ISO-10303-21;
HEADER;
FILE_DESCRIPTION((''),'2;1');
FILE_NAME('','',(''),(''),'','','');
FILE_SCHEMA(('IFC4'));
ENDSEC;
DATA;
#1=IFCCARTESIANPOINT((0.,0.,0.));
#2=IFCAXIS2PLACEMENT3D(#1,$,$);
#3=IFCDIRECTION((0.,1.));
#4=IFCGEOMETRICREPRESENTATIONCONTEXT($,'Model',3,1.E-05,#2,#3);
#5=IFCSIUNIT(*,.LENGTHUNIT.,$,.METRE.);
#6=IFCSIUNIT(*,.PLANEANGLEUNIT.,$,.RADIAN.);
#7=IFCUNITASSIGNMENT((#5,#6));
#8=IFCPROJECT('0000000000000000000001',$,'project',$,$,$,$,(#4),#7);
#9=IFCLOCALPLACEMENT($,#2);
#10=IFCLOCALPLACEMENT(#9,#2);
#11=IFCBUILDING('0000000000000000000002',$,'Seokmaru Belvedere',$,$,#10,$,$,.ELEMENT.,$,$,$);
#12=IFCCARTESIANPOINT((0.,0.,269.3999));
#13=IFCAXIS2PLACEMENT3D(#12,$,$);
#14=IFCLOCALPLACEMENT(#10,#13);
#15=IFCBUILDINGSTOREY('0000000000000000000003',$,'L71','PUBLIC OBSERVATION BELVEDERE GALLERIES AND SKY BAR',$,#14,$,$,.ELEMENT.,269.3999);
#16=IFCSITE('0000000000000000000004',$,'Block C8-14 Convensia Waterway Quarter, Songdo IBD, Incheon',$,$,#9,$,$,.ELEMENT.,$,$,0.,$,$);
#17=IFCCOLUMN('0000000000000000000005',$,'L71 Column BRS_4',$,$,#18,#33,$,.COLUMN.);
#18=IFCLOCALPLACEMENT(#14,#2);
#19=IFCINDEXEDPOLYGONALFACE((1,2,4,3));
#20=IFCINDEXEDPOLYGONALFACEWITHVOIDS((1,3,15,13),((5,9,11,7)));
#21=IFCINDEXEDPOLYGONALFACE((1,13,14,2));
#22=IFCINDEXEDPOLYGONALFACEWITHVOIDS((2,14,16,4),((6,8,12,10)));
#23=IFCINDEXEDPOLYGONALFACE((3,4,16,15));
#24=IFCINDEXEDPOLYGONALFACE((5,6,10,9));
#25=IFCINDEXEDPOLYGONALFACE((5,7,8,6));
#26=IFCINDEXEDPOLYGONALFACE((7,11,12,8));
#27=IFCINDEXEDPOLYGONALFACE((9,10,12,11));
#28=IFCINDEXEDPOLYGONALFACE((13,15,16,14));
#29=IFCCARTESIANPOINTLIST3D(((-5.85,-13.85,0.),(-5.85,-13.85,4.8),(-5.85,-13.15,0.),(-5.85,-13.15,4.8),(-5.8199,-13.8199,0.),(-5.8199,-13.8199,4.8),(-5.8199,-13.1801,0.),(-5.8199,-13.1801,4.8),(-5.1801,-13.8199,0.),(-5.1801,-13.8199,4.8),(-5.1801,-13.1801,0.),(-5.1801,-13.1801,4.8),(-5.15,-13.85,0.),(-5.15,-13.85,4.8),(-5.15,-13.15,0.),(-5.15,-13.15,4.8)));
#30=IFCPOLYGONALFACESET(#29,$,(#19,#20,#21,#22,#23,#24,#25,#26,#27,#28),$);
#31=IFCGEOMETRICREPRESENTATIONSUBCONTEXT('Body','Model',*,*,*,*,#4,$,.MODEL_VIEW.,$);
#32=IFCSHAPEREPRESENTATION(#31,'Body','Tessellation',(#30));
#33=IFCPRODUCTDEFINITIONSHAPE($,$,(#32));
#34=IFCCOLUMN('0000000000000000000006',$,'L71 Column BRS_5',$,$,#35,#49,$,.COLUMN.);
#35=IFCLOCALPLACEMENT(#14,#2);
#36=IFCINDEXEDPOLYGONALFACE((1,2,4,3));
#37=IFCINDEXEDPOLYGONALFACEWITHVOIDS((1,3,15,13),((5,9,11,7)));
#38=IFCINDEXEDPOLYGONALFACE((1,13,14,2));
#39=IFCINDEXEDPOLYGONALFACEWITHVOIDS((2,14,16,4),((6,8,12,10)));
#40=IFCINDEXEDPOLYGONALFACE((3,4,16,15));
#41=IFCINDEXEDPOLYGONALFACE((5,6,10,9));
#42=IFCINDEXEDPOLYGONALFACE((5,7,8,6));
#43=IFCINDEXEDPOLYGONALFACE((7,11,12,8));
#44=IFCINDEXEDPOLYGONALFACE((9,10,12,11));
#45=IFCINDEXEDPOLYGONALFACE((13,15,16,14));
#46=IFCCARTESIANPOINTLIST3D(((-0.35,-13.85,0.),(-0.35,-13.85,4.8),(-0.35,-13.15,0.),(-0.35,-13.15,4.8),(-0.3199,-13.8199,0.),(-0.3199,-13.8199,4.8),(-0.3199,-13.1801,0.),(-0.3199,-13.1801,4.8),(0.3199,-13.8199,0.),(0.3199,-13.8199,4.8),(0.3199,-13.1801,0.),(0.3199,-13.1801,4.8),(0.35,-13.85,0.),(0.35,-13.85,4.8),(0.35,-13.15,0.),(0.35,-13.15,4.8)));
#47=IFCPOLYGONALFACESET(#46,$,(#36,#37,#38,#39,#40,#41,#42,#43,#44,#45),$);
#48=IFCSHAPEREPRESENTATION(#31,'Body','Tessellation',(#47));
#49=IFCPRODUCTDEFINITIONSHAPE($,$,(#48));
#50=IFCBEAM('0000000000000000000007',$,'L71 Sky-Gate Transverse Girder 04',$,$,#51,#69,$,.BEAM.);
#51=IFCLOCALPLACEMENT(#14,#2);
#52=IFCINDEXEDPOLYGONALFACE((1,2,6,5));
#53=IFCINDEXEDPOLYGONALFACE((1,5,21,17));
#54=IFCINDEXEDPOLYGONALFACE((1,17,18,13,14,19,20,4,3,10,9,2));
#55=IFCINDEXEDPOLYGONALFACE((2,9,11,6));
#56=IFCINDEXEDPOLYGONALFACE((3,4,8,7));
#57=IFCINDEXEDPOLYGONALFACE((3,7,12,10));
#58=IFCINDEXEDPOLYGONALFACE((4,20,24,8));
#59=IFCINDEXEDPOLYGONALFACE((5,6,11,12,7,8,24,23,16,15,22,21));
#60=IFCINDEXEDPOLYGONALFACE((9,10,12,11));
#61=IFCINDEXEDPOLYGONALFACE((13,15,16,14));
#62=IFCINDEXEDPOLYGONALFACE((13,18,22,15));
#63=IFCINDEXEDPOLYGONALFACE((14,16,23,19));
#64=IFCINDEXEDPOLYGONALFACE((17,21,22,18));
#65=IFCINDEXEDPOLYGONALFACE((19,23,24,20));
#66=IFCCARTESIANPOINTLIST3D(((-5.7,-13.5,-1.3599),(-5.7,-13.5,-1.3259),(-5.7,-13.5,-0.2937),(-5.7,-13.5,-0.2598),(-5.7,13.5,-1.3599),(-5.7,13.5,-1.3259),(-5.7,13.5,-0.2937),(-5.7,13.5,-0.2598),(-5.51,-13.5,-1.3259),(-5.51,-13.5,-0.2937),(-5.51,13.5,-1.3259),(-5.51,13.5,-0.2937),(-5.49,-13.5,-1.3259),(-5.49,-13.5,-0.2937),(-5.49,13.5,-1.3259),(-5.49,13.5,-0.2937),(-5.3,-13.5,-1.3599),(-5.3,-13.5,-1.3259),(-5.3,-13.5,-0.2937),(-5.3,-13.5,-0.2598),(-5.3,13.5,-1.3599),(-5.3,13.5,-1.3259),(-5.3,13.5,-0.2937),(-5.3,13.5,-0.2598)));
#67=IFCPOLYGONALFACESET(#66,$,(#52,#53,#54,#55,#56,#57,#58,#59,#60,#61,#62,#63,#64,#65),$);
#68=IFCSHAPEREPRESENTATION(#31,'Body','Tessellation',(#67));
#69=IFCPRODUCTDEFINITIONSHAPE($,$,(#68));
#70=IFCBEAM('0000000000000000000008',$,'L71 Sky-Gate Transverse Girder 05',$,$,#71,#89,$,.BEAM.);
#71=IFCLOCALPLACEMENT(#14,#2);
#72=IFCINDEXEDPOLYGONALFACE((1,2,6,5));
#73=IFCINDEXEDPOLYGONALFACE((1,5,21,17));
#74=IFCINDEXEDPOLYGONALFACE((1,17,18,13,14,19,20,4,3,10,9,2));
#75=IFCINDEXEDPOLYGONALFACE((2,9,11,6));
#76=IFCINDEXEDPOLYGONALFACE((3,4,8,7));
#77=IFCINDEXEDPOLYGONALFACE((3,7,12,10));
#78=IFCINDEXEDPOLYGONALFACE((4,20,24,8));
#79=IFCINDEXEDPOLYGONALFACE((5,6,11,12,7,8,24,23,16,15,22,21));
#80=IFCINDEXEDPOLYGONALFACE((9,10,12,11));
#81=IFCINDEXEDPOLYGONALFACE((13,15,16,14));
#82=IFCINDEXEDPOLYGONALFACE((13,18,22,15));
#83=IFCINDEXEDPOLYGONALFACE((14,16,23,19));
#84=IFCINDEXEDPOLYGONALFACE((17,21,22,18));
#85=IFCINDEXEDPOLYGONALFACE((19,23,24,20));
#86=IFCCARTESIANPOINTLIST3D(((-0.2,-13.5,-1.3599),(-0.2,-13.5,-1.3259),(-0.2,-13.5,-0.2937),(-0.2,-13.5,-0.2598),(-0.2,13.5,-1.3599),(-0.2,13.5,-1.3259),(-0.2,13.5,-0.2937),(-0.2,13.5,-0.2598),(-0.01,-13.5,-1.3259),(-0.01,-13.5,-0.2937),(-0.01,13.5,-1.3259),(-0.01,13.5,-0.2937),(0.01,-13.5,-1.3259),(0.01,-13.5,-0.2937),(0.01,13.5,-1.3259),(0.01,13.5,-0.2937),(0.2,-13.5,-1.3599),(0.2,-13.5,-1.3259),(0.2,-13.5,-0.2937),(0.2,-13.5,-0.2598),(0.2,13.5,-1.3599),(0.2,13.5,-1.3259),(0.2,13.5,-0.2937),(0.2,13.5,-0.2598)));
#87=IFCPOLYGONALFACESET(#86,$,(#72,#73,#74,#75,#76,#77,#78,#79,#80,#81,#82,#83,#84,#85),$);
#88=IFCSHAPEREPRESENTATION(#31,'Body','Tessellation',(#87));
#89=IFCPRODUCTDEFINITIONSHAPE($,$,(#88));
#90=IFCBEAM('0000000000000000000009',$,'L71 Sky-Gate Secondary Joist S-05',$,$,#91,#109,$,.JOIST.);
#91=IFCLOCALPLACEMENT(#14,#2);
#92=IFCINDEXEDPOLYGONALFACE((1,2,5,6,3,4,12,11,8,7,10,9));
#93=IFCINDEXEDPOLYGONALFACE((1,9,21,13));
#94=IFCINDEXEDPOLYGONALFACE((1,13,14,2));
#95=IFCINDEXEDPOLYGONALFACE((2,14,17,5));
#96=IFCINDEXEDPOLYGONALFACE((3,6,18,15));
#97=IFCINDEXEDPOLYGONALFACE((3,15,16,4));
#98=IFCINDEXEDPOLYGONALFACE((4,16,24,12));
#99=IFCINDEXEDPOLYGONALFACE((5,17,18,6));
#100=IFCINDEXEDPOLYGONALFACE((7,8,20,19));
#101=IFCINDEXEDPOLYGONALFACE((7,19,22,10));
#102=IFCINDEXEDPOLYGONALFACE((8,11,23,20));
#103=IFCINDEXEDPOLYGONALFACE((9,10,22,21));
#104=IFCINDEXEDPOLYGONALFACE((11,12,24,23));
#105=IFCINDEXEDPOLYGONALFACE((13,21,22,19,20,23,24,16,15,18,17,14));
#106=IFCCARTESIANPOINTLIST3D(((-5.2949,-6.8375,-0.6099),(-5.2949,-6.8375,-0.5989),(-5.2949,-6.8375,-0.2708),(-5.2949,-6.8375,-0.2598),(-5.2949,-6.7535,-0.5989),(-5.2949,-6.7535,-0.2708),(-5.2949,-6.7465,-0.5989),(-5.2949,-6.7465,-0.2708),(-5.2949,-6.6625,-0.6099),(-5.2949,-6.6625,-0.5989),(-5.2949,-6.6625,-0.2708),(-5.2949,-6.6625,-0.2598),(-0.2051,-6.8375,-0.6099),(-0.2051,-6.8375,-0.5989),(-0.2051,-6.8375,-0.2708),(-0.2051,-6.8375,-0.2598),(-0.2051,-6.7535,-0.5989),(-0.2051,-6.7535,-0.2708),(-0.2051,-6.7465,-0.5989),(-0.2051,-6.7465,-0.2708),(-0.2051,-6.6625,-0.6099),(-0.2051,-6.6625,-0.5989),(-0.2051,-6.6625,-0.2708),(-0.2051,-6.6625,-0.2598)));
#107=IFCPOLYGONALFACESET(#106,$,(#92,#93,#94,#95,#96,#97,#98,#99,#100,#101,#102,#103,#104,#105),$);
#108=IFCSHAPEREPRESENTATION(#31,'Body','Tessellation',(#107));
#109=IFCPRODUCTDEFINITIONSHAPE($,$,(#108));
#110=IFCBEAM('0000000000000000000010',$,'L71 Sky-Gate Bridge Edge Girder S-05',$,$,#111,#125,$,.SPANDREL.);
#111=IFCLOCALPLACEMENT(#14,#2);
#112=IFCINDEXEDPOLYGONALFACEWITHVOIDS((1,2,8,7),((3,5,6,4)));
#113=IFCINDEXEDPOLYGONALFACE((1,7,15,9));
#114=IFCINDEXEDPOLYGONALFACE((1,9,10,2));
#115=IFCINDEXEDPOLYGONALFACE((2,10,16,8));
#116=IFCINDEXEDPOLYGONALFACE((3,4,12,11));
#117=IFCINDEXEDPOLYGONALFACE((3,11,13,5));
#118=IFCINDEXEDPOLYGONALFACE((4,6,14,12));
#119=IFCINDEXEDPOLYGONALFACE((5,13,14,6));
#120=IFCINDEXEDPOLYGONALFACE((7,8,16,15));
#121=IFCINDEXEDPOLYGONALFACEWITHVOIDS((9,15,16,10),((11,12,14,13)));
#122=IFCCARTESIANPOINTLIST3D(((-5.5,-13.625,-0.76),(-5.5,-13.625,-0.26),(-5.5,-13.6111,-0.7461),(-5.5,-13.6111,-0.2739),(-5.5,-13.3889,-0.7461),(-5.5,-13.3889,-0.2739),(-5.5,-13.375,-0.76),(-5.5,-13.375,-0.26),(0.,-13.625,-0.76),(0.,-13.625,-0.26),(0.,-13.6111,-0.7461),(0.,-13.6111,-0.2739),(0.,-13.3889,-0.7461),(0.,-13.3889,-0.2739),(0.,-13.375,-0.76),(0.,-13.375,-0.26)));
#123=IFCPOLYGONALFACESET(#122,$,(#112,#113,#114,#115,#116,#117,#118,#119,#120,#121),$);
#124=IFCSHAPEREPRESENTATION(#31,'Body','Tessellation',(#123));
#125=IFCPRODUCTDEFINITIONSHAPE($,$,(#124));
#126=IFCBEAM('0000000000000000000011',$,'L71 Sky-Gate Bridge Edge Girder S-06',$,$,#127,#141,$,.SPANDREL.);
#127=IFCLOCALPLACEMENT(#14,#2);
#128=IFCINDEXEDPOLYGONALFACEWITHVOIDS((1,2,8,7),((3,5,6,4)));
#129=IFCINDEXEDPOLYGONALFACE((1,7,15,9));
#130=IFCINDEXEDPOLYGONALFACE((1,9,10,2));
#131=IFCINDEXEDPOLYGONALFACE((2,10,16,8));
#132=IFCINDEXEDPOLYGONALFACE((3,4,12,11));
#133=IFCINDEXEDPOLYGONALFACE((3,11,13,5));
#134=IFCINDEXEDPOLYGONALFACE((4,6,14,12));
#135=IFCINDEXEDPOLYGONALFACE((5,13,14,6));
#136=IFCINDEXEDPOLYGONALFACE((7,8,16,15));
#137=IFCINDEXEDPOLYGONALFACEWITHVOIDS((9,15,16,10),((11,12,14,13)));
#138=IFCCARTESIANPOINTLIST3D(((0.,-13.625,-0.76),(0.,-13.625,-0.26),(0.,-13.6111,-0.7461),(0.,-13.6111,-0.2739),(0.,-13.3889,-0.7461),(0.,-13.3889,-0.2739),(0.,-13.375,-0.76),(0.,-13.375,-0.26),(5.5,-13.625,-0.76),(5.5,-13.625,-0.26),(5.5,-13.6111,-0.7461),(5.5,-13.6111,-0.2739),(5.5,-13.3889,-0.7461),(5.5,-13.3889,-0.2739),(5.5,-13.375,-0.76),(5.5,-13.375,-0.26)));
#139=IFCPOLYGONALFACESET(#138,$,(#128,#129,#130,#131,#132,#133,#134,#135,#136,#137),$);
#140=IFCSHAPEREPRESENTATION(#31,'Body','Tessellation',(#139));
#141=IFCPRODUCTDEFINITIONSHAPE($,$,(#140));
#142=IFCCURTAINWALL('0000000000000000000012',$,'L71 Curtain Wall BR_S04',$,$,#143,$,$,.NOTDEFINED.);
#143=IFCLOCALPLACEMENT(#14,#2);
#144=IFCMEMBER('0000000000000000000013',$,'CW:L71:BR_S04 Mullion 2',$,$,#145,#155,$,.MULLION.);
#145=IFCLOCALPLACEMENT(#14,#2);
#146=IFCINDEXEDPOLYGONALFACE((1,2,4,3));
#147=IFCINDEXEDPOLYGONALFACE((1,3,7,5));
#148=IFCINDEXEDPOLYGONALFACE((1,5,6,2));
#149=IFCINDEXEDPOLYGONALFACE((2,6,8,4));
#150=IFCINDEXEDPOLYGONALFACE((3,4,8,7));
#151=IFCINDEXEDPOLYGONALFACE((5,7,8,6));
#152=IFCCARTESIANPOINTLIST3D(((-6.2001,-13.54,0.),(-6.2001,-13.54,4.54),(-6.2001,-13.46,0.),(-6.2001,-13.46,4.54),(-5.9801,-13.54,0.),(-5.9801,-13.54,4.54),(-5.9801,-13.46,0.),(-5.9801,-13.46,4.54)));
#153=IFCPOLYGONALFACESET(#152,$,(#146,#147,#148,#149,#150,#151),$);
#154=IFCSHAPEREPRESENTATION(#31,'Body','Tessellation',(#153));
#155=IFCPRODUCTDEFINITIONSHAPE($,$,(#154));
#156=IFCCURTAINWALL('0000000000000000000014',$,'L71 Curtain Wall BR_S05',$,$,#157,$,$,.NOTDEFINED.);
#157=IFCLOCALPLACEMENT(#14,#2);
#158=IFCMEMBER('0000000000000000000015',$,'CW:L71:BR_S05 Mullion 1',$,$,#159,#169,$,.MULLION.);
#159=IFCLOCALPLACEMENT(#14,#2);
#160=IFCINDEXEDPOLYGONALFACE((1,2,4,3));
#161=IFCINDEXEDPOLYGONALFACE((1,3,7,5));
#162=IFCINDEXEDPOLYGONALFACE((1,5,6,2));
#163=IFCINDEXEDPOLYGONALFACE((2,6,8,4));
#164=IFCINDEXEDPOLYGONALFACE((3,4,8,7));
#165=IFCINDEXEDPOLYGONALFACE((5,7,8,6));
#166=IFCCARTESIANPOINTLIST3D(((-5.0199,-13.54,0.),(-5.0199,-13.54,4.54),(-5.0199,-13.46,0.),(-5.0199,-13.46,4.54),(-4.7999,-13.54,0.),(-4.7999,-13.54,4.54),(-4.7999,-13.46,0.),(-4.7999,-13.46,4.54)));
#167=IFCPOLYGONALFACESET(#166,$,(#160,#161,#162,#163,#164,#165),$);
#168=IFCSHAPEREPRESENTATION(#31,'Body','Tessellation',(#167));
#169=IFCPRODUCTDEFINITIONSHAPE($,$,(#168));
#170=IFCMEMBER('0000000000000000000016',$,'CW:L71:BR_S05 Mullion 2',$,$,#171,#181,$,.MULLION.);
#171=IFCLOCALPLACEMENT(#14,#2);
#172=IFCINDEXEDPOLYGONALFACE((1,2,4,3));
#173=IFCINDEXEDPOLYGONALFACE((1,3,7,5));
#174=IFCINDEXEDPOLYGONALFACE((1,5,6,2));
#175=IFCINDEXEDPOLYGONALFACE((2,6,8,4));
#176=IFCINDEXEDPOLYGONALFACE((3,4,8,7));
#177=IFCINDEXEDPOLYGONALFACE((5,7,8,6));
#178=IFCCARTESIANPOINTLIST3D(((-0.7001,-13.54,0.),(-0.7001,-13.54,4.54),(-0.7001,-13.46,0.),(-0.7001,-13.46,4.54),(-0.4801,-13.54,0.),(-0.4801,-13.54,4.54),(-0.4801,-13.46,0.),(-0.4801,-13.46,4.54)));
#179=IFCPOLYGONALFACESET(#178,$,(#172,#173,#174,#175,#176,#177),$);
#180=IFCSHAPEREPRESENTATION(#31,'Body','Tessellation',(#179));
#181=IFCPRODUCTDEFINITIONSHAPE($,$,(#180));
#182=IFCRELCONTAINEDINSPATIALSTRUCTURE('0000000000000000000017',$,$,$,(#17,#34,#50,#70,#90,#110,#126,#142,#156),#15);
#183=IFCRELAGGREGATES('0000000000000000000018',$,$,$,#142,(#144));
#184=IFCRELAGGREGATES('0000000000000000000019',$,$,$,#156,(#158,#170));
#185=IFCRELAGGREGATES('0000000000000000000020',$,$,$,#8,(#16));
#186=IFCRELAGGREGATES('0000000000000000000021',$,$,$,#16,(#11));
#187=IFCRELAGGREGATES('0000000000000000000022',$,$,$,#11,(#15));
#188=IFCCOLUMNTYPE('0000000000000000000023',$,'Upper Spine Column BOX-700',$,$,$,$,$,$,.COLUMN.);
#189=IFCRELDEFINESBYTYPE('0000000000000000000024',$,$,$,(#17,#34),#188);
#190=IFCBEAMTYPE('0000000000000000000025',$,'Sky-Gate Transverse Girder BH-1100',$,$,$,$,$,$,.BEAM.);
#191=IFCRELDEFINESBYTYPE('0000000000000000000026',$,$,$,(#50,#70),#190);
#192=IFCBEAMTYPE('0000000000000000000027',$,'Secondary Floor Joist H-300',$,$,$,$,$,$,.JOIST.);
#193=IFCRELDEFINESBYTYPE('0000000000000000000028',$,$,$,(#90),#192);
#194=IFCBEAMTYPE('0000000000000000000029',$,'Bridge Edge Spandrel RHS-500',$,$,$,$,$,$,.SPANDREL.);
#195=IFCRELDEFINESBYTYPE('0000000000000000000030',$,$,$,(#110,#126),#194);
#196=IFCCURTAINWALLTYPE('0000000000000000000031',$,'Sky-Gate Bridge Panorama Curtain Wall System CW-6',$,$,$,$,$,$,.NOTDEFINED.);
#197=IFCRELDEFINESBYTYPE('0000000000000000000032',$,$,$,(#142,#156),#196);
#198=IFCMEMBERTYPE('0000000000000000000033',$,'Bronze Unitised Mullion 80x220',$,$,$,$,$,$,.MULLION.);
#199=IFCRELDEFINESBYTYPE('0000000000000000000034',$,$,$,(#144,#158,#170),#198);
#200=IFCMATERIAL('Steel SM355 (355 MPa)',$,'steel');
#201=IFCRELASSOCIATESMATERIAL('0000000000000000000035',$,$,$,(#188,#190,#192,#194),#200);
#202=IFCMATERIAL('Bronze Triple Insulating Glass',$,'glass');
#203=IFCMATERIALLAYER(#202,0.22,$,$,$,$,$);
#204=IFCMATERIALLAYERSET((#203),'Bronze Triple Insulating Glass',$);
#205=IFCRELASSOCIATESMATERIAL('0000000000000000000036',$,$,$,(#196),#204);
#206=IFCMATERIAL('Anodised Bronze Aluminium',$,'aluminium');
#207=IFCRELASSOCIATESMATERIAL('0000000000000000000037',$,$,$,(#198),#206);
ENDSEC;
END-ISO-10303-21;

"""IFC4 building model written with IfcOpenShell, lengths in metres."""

from ifc_helpers import new_model, si_unit, direction, frame, origin, origin_2d, place, context, subcontext, project, spatial, rectangle, hollow_rectangle, i_section, extrude, source, transform, mapped, material, layer, layer_set, material_profile, profile_set, type_object, type_shapes, element, aggregate, save


model = new_model("IFC4")

# Units and contexts
model_context = context("Model", 3, precision=1e-05, world=origin(), true_north=direction((0.0, 1.0)))
body_context = subcontext(model_context, "Body", "Model", "MODEL_VIEW")
ifc_project = project(units=[si_unit("LENGTHUNIT", "METRE"), si_unit("PLANEANGLEUNIT", "RADIAN")], contexts=[model_context])

# Site, building, storey
site_placement = place(None, origin())
site = spatial("IfcSite", under=ifc_project, at=site_placement, Name="Block C8-14 Convensia Waterway Quarter, Songdo IBD, Incheon", CompositionType="ELEMENT", RefElevation=0.0)
building_placement = place(site_placement, origin())
building = spatial("IfcBuilding", under=site, at=building_placement, Name="Seokmaru Belvedere", CompositionType="ELEMENT")
storey_placement = place(building_placement, frame((0.0, 0.0, 269.3999)))
storey = spatial("IfcBuildingStorey", under=building, at=storey_placement, Name="L71", Description="PUBLIC OBSERVATION BELVEDERE GALLERIES AND SKY BAR", CompositionType="ELEMENT", Elevation=269.3999)

# Columns
ifc_material_1 = material(Name="Steel SM355 (355 MPa)", Category="steel")
ifc_material_profile_1 = material_profile(ifc_material_1, hollow_rectangle(XDim=0.7, YDim=0.7, WallThickness=0.03, at=origin_2d()), Name="BOX-700x700x30")
ifc_profile_set_1 = profile_set([ifc_material_profile_1], Name="Steel SM355 (355 MPa)")
column_type = type_object("IfcColumnType", Name="Upper Spine Column BOX-700", PredefinedType="COLUMN", material=ifc_profile_set_1)
shared_shape_1 = source(origin(), body_context, "Body", "SweptSolid", [
    extrude(hollow_rectangle(XDim=0.7, YDim=0.7, WallThickness=0.03, at=origin_2d()), origin(), (0.0, 0.0, 1.0), 4.8),
])
type_shapes(column_type, [shared_shape_1])
for number, where, z_axis, x_axis, name in (
    (1, (-5.5, -13.5, 0.0), (0.0, 0.0, 1.0), (1.0, 0.0, 0.0), "L71 Column BRS_4"),
    (2, (0.0, -13.5, 0.0), (0.0, 0.0, 1.0), (1.0, 0.0, 0.0), "L71 Column BRS_5"),
):
    element("IfcColumn", number, at=place(storey_placement, frame(where, z_axis=z_axis, x_axis=x_axis)), inside=storey, type_object=column_type, Name=name, PredefinedType="COLUMN", context=body_context, shape_type="MappedRepresentation", body=[
        mapped(shared_shape_1, transform((0.0, 0.0, 0.0), scale=1.0)),
    ])

# Beams
ifc_material_profile_2 = material_profile(ifc_material_1, i_section(OverallWidth=0.3999, OverallDepth=1.1001, WebThickness=0.02, FlangeThickness=0.0339, at=origin_2d()), Name="BH-1100x400x20x34")
ifc_profile_set_2 = profile_set([ifc_material_profile_2], Name="Steel SM355 (355 MPa)")
beam_type_1 = type_object("IfcBeamType", Name="Sky-Gate Transverse Girder BH-1100", PredefinedType="BEAM", material=ifc_profile_set_2)
shared_shape_2 = source(origin(), body_context, "Body", "SweptSolid", [
    extrude(i_section(OverallWidth=0.3999, OverallDepth=1.1001, WebThickness=0.02, FlangeThickness=0.0339, at=origin_2d()), origin(), (0.0, 0.0, 1.0), 27.0),
])
type_shapes(beam_type_1, [shared_shape_2])
for number, where, z_axis, x_axis, name in (
    (3, (-5.5, -13.5, -0.8098), (0.0, 1.0, 0.0), (-1.0, 0.0, 0.0), "L71 Sky-Gate Transverse Girder 04"),
    (4, (0.0, -13.5, -0.8098), (0.0, 1.0, 0.0), (-1.0, 0.0, 0.0), "L71 Sky-Gate Transverse Girder 05"),
):
    element("IfcBeam", number, at=place(storey_placement, frame(where, z_axis=z_axis, x_axis=x_axis)), inside=storey, type_object=beam_type_1, Name=name, PredefinedType="BEAM", context=body_context, shape_type="MappedRepresentation", body=[
        mapped(shared_shape_2, transform((0.0, 0.0, 0.0), scale=1.0)),
    ])
ifc_material_profile_3 = material_profile(ifc_material_1, i_section(OverallWidth=0.175, OverallDepth=0.3501, WebThickness=0.0071, FlangeThickness=0.011, at=origin_2d()), Name="H-350x175x7x11")
ifc_profile_set_3 = profile_set([ifc_material_profile_3], Name="Steel SM355 (355 MPa)")
beam_type_2 = type_object("IfcBeamType", Name="Secondary Floor Joist H-300", PredefinedType="JOIST", material=ifc_profile_set_3)
shared_shape_3 = source(origin(), body_context, "Body", "SweptSolid", [
    extrude(i_section(OverallWidth=0.175, OverallDepth=0.3501, WebThickness=0.0071, FlangeThickness=0.011, at=origin_2d()), origin(), (0.0, 0.0, 1.0), 5.0898),
])
type_shapes(beam_type_2, [shared_shape_3])
beam_placement = place(storey_placement, frame((-5.2949, -6.75, -0.4348), z_axis=(1.0, 0.0, 0.0), x_axis=(0.0, 1.0, 0.0)))
element("IfcBeam", 5, at=beam_placement, inside=storey, type_object=beam_type_2, Name="L71 Sky-Gate Secondary Joist S-05", PredefinedType="JOIST", context=body_context, shape_type="MappedRepresentation", body=[
    mapped(shared_shape_3, transform((0.0, 0.0, 0.0), scale=1.0)),
])
ifc_material_profile_4 = material_profile(ifc_material_1, hollow_rectangle(XDim=0.25, YDim=0.5, WallThickness=0.0139, at=origin_2d()), Name="RHS-500x250x14")
ifc_profile_set_4 = profile_set([ifc_material_profile_4], Name="Steel SM355 (355 MPa)")
beam_type_3 = type_object("IfcBeamType", Name="Bridge Edge Spandrel RHS-500", PredefinedType="SPANDREL", material=ifc_profile_set_4)
shared_shape_4 = source(origin(), body_context, "Body", "SweptSolid", [
    extrude(hollow_rectangle(XDim=0.25, YDim=0.5, WallThickness=0.0139, at=origin_2d()), origin(), (0.0, 0.0, 1.0), 5.5),
])
type_shapes(beam_type_3, [shared_shape_4])
for number, where, z_axis, x_axis, name in (
    (6, (-5.5, -13.5, -0.51), (1.0, 0.0, 0.0), (0.0, 1.0, 0.0), "L71 Sky-Gate Bridge Edge Girder S-05"),
    (7, (0.0, -13.5, -0.51), (1.0, 0.0, 0.0), (0.0, 1.0, 0.0), "L71 Sky-Gate Bridge Edge Girder S-06"),
):
    element("IfcBeam", number, at=place(storey_placement, frame(where, z_axis=z_axis, x_axis=x_axis)), inside=storey, type_object=beam_type_3, Name=name, PredefinedType="SPANDREL", context=body_context, shape_type="MappedRepresentation", body=[
        mapped(shared_shape_4, transform((0.0, 0.0, 0.0), scale=1.0)),
    ])

# Curtain wall, member
ifc_material_2 = material(Name="Bronze Triple Insulating Glass", Category="glass")
ifc_layer_1 = layer(ifc_material_2, 0.22)
ifc_layer_set_1 = layer_set([ifc_layer_1], Name="Bronze Triple Insulating Glass")
curtain_wall_type = type_object("IfcCurtainWallType", Name="Sky-Gate Bridge Panorama Curtain Wall System CW-6", PredefinedType="NOTDEFINED", material=ifc_layer_set_1)
curtain_wall_1_placement = place(storey_placement, origin())
curtain_wall_1 = element("IfcCurtainWall", 8, at=curtain_wall_1_placement, inside=storey, type_object=curtain_wall_type, Name="L71 Curtain Wall BR_S04", PredefinedType="NOTDEFINED")
ifc_material_3 = material(Name="Anodised Bronze Aluminium", Category="aluminium")
ifc_material_profile_5 = material_profile(ifc_material_3, rectangle(XDim=0.0801, YDim=0.22, at=origin_2d()), Name="CW-M-80x220")
ifc_profile_set_5 = profile_set([ifc_material_profile_5], Name="Anodised Bronze Aluminium")
member_type_1 = type_object("IfcMemberType", Name="Bronze Unitised Mullion 80x220", PredefinedType="MULLION", material=ifc_profile_set_5)
shared_shape_5 = source(origin(), body_context, "Body", "SweptSolid", [
    extrude(rectangle(XDim=0.0801, YDim=0.22, at=origin_2d()), origin(), (0.0, 0.0, 1.0), 4.54),
])
type_shapes(member_type_1, [shared_shape_5])
member_1_placement = place(storey_placement, frame((-6.0901, -13.5, 0.0), z_axis=(0.0, 0.0, 1.0), x_axis=(0.0, 1.0, 0.0)))
member_1 = element("IfcMember", 9, at=member_1_placement, type_object=member_type_1, Name="CW:L71:BR_S04 Mullion 2", PredefinedType="MULLION", context=body_context, shape_type="MappedRepresentation", body=[
    mapped(shared_shape_5, transform((0.0, 0.0, 0.0), scale=1.0)),
])

# Curtain wall, members
curtain_wall_2_placement = place(storey_placement, origin())
curtain_wall_2 = element("IfcCurtainWall", 10, at=curtain_wall_2_placement, inside=storey, type_object=curtain_wall_type, Name="L71 Curtain Wall BR_S05", PredefinedType="NOTDEFINED")
member_2_placement = place(storey_placement, frame((-4.9099, -13.5, 0.0), z_axis=(0.0, 0.0, 1.0), x_axis=(0.0, 1.0, 0.0)))
member_2 = element("IfcMember", 11, at=member_2_placement, type_object=member_type_1, Name="CW:L71:BR_S05 Mullion 1", PredefinedType="MULLION", context=body_context, shape_type="MappedRepresentation", body=[
    mapped(shared_shape_5, transform((0.0, 0.0, 0.0), scale=1.0)),
])
member_3_placement = place(storey_placement, frame((-0.5901, -13.5, 0.0), z_axis=(0.0, 0.0, 1.0), x_axis=(0.0, 1.0, 0.0)))
member_3 = element("IfcMember", 12, at=member_3_placement, type_object=member_type_1, Name="CW:L71:BR_S05 Mullion 2", PredefinedType="MULLION", context=body_context, shape_type="MappedRepresentation", body=[
    mapped(shared_shape_5, transform((0.0, 0.0, 0.0), scale=1.0)),
])

aggregate(curtain_wall_1, [member_1])
aggregate(curtain_wall_2, [member_2, member_3])

save(model, "model.ifc")
